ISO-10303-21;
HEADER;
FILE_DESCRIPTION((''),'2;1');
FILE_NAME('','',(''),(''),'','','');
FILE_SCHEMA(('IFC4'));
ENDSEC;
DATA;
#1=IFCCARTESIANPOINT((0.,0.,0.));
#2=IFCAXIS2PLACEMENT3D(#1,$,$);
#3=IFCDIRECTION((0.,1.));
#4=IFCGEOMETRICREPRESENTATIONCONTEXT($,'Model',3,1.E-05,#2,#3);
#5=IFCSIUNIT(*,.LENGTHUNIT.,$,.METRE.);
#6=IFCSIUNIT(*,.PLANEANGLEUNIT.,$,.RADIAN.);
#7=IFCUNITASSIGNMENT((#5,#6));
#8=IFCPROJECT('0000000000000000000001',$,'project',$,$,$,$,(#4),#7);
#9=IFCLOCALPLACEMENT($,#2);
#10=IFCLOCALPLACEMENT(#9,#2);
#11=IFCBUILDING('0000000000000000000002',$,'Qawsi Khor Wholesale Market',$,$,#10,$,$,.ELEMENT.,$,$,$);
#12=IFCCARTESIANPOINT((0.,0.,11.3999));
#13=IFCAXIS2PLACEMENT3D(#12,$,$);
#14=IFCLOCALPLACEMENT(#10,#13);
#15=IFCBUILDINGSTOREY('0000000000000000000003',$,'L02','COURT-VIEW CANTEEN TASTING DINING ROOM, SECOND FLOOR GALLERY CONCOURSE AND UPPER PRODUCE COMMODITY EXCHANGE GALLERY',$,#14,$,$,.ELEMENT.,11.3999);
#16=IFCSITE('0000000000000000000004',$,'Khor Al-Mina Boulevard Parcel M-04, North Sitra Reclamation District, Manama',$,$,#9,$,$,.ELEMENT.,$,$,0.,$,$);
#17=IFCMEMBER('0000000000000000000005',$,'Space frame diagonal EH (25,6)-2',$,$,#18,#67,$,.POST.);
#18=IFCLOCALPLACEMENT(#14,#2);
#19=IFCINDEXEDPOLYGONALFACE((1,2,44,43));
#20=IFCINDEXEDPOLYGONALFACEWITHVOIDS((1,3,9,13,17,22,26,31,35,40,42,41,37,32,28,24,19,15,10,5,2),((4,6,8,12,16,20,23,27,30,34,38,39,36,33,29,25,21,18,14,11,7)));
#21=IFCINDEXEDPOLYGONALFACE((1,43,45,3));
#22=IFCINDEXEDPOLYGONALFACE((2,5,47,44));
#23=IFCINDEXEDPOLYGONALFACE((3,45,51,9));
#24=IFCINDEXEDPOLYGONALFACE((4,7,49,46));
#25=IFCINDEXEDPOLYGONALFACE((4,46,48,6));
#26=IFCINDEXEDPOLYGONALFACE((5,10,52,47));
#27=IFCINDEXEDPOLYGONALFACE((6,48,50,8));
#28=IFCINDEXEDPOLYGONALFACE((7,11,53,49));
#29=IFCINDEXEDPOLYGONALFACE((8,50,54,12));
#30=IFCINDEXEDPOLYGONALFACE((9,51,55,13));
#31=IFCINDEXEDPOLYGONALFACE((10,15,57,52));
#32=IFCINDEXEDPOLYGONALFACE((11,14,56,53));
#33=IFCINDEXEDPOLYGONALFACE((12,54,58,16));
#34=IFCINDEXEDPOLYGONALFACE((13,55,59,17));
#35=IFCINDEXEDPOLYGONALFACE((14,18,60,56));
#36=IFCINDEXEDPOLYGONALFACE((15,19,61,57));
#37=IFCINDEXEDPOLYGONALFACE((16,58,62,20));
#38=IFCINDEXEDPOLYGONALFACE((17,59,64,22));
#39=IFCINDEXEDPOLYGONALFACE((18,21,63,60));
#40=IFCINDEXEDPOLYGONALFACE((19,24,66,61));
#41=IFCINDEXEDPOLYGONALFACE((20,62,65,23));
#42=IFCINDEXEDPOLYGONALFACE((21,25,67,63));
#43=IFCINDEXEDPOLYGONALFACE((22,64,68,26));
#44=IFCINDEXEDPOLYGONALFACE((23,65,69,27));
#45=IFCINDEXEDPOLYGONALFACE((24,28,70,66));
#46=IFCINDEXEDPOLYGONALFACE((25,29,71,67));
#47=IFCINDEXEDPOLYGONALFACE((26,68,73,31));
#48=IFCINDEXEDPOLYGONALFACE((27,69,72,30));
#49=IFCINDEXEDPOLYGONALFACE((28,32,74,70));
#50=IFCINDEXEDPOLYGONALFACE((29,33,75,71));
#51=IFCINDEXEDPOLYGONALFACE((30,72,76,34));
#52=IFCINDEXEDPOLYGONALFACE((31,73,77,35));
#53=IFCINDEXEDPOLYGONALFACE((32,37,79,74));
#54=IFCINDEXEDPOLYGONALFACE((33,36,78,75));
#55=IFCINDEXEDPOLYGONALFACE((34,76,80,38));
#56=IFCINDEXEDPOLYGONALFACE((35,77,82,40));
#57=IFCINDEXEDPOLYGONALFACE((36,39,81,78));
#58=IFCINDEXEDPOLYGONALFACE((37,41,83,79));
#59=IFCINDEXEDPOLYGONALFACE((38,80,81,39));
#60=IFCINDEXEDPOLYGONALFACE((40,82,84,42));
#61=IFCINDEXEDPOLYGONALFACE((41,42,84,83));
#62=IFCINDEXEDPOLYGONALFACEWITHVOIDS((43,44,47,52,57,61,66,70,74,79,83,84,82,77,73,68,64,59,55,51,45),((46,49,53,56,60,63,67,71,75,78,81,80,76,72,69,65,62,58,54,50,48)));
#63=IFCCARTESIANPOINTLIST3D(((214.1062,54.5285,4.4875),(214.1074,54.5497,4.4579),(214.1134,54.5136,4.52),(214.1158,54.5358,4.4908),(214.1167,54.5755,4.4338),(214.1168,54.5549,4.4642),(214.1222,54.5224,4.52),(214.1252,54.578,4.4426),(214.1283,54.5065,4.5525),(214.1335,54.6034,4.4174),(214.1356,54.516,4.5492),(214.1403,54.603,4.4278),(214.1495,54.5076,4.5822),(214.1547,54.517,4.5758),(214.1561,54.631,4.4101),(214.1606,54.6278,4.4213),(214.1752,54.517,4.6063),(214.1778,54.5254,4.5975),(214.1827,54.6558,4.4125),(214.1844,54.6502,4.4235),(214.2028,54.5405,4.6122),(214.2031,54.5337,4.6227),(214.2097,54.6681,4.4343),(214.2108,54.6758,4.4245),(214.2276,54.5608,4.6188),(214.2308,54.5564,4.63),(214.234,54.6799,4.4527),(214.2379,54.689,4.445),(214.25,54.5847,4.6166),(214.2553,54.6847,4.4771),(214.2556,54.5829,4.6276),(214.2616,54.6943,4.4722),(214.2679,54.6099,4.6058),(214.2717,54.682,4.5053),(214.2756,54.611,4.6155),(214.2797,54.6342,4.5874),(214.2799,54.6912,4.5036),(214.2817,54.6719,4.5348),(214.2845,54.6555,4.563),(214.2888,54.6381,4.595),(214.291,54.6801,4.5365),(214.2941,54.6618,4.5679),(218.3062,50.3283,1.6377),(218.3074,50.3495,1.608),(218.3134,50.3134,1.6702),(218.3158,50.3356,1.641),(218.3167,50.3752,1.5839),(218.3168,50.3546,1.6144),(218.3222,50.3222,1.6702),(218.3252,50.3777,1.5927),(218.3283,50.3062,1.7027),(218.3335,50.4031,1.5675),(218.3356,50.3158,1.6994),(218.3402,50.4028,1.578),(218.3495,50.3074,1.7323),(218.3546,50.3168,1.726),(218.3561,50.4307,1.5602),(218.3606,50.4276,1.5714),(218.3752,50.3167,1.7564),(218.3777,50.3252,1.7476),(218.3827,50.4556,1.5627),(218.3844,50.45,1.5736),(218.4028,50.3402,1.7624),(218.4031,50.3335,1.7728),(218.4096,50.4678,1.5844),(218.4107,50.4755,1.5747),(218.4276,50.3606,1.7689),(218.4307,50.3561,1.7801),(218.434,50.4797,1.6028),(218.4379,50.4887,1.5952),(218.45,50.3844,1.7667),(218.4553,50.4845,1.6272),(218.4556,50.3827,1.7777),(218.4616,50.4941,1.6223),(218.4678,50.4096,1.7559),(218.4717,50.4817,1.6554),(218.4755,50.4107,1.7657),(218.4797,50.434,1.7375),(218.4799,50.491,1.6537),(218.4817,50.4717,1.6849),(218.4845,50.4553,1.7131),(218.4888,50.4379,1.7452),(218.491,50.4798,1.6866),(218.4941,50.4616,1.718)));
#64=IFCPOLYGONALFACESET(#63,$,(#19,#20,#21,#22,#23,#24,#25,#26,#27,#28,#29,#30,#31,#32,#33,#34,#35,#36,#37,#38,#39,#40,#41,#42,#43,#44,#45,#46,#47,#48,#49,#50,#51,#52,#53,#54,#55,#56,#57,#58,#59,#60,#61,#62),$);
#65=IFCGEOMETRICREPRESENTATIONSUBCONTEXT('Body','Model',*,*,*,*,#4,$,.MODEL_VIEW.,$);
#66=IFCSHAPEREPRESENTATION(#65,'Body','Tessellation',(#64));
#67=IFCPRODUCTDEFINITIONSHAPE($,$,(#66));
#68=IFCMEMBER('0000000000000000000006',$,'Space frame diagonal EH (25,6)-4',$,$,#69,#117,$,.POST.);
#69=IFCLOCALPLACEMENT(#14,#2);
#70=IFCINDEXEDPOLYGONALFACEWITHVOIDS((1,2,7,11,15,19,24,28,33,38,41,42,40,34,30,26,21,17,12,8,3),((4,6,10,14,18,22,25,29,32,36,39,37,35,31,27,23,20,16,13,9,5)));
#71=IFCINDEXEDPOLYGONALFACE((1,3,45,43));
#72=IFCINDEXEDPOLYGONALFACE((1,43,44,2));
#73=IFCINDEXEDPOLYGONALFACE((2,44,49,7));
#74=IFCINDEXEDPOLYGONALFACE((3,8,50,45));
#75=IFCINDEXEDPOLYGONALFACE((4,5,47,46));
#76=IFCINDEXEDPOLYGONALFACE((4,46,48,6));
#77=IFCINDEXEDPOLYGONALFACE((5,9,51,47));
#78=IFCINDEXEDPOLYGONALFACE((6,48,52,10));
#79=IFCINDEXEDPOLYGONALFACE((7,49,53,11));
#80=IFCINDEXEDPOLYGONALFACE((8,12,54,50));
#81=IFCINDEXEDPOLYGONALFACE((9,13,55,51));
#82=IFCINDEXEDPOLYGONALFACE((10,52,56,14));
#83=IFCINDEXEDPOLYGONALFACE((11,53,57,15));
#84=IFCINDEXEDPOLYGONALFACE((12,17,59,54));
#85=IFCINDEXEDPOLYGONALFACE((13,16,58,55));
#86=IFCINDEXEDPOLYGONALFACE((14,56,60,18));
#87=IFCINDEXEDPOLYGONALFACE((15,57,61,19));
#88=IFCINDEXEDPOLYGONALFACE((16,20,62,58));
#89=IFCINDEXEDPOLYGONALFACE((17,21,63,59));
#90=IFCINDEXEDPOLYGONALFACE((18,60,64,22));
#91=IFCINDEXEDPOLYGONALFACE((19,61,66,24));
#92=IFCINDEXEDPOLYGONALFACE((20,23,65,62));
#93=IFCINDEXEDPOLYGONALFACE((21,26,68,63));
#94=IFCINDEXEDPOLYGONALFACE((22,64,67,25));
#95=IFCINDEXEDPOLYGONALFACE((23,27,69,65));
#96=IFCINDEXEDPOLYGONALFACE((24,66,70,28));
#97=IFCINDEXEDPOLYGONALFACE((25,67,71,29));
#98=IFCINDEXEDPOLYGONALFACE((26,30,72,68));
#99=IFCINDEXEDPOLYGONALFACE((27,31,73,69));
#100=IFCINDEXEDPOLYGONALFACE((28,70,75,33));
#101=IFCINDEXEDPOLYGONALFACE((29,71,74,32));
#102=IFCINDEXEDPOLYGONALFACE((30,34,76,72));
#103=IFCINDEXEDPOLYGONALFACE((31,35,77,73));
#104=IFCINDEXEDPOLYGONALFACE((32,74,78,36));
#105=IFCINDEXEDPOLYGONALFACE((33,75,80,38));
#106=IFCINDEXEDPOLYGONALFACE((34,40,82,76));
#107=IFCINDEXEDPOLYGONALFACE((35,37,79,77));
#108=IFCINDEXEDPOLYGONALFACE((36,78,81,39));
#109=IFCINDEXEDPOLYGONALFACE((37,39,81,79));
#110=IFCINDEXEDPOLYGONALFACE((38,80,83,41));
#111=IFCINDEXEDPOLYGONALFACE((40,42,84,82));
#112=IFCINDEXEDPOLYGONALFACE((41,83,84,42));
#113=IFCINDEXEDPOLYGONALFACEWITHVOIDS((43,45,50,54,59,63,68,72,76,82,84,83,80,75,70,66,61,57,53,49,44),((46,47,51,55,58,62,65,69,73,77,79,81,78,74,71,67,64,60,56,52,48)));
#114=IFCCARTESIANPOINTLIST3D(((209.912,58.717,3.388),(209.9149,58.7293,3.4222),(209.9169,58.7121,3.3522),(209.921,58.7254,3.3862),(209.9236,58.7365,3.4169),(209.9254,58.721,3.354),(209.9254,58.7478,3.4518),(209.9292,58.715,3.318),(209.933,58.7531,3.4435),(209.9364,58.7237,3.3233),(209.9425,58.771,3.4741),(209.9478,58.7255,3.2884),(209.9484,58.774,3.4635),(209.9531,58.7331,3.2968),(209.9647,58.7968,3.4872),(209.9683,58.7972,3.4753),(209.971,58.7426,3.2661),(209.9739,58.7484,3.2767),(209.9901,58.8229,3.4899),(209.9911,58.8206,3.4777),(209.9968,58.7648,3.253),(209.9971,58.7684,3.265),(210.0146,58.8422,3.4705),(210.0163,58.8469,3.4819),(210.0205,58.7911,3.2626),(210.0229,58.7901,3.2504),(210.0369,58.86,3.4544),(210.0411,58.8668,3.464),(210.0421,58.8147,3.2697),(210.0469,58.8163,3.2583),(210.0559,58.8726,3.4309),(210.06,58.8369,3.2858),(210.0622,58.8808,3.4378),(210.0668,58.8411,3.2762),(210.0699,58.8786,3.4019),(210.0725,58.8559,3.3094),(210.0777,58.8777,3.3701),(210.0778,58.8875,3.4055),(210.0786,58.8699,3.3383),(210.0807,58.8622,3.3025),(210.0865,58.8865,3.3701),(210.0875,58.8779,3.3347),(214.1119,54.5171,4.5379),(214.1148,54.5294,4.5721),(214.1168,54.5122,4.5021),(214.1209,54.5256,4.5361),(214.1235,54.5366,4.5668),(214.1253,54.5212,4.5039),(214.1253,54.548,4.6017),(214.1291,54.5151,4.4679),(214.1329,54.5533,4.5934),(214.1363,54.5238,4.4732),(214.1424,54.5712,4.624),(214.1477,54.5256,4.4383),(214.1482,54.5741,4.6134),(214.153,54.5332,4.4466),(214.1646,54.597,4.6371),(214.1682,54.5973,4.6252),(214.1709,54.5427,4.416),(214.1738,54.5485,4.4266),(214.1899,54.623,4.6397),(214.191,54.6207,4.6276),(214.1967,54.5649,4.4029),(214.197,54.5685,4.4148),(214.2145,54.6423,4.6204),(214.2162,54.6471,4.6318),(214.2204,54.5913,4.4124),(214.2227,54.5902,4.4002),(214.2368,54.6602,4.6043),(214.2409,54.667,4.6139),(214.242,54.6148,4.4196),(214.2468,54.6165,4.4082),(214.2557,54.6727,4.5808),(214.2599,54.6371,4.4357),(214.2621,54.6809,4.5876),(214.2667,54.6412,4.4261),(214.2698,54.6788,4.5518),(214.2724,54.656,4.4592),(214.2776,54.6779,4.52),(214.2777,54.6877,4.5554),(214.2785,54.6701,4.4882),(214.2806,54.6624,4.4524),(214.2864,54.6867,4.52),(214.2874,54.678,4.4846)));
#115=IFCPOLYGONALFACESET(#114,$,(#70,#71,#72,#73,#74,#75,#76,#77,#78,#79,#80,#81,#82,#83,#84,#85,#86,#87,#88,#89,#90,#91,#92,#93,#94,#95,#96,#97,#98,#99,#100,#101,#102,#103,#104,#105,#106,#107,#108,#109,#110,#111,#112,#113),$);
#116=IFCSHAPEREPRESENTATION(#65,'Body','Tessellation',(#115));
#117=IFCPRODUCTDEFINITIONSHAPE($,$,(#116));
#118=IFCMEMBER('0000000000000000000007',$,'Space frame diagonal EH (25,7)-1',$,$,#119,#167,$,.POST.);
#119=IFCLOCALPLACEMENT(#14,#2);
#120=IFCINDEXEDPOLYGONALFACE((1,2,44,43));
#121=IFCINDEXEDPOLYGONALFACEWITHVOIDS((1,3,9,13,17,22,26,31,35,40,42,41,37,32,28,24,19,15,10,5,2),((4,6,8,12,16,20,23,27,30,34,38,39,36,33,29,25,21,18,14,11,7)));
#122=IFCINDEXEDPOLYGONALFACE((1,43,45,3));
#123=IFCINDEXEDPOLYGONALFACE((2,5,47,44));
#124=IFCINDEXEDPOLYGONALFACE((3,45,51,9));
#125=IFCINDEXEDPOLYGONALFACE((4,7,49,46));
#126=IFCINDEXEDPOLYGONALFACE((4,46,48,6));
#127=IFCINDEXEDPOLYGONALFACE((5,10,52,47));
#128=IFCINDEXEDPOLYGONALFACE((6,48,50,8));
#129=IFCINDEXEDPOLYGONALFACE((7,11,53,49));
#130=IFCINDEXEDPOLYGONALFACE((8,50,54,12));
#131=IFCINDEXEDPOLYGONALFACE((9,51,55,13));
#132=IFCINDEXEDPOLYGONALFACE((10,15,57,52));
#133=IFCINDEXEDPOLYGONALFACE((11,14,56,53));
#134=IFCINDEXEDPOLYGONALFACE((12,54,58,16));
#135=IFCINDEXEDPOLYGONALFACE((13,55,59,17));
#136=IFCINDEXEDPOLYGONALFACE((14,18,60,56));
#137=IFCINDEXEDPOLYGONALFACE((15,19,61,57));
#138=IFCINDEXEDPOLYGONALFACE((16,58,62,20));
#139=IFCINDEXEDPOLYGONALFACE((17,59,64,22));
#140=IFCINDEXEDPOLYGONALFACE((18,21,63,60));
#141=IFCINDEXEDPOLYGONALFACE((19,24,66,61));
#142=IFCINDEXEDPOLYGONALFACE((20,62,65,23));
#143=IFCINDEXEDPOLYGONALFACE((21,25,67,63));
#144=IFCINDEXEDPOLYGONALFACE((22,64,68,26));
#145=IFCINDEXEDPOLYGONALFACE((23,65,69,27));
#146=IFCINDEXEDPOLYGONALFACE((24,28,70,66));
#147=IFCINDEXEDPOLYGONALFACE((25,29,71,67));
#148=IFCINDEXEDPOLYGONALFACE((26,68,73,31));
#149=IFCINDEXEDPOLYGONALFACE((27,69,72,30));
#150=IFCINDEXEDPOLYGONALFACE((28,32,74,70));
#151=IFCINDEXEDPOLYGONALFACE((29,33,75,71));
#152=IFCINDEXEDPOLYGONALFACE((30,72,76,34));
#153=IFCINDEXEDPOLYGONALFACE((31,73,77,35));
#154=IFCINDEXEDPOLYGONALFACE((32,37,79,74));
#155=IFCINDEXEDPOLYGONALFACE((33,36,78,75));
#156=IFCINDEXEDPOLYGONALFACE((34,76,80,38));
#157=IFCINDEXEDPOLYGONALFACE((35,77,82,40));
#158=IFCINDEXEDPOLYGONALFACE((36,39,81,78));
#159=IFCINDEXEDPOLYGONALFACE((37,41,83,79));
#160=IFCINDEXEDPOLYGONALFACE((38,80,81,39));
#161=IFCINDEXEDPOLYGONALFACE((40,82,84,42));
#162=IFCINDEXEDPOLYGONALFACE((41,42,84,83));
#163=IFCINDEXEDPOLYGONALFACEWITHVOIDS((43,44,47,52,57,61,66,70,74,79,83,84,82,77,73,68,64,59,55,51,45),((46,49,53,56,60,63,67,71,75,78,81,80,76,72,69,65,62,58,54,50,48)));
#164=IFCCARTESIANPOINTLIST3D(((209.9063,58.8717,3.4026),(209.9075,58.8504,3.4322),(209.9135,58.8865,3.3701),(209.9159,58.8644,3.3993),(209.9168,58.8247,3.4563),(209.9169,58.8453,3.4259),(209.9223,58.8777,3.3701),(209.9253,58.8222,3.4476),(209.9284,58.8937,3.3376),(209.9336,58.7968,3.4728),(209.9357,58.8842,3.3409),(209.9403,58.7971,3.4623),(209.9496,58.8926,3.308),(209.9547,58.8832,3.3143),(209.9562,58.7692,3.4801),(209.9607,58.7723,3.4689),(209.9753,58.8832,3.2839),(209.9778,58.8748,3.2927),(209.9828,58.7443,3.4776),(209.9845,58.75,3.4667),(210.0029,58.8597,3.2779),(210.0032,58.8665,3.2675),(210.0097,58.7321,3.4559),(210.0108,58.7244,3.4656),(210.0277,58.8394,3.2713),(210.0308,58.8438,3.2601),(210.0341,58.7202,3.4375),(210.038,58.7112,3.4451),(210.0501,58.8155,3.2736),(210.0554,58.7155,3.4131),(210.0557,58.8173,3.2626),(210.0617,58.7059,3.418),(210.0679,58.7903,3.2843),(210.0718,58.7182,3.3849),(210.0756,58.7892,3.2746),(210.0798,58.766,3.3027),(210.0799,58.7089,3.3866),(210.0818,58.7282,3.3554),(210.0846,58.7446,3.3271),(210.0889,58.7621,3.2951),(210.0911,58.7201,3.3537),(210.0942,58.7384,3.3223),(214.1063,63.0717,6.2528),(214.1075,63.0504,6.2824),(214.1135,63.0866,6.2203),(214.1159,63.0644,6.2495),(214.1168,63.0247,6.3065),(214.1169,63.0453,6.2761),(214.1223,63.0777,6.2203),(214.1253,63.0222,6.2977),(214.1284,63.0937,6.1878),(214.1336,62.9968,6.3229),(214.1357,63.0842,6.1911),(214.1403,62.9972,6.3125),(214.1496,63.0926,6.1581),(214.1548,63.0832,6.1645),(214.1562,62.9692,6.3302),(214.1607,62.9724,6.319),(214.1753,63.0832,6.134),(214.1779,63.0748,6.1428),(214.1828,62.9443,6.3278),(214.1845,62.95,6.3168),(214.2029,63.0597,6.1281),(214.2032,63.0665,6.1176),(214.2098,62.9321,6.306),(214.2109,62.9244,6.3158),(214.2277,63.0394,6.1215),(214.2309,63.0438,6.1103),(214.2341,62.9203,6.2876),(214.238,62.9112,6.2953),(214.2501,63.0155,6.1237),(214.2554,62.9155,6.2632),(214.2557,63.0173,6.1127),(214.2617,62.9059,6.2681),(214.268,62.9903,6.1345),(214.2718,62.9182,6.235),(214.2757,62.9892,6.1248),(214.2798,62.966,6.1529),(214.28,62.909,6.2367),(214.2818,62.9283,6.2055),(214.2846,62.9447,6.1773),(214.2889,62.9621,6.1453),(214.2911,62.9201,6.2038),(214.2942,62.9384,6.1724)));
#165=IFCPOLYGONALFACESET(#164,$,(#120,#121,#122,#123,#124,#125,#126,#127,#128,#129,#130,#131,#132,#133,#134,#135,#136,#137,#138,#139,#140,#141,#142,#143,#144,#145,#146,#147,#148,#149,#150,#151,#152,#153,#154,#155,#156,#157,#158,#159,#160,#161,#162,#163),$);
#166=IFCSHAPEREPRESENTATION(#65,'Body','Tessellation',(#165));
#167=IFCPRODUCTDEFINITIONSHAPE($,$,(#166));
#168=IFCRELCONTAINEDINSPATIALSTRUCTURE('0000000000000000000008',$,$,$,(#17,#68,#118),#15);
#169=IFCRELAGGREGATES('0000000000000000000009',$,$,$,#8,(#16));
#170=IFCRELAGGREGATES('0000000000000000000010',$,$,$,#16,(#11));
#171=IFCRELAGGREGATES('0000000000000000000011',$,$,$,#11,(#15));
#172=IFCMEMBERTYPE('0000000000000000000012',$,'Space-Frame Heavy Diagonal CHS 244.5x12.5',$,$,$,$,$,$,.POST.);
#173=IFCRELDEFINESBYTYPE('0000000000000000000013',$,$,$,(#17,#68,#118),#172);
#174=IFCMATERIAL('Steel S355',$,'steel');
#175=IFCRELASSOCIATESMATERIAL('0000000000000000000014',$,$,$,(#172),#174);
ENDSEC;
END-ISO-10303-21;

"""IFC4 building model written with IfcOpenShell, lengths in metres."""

from ifc_helpers import new_model, si_unit, direction, frame, origin, origin_2d, place, context, subcontext, project, spatial, hollow_circle, extrude, material, material_profile, profile_set, type_object, element, save


model = new_model("IFC4")

# Units and contexts
model_context = context("Model", 3, precision=1e-05, world=origin(), true_north=direction((0.0, 1.0)))
body_context = subcontext(model_context, "Body", "Model", "MODEL_VIEW")
ifc_project = project(units=[si_unit("LENGTHUNIT", "METRE"), si_unit("PLANEANGLEUNIT", "RADIAN")], contexts=[model_context])

# Site, building, storey
site_placement = place(None, origin())
site = spatial("IfcSite", under=ifc_project, at=site_placement, Name="Khor Al-Mina Boulevard Parcel M-04, North Sitra Reclamation District, Manama", CompositionType="ELEMENT", RefElevation=0.0)
building_placement = place(site_placement, origin())
building = spatial("IfcBuilding", under=site, at=building_placement, Name="Qawsi Khor Wholesale Market", CompositionType="ELEMENT")
storey_placement = place(building_placement, frame((0.0, 0.0, 11.3999)))
storey = spatial("IfcBuildingStorey", under=building, at=storey_placement, Name="L02", Description="COURT-VIEW CANTEEN TASTING DINING ROOM, SECOND FLOOR GALLERY CONCOURSE AND UPPER PRODUCE COMMODITY EXCHANGE GALLERY", CompositionType="ELEMENT", Elevation=11.3999)

# Members
ifc_material_1 = material(Name="Steel S355", Category="steel")
ifc_material_profile_1 = material_profile(ifc_material_1, hollow_circle(Radius=0.1223, WallThickness=0.0125, at=origin_2d()), Name="CHS 244.5x12.5")
ifc_profile_set_1 = profile_set([ifc_material_profile_1], Name="Steel S355")
member_type_1 = type_object("IfcMemberType", Name="Space-Frame Heavy Diagonal CHS 244.5x12.5", PredefinedType="POST", material=ifc_profile_set_1)
for number, where, z_axis, x_axis, name in (
    (1, (218.3999, 50.3999, 1.6702), (-0.637507, 0.637544, 0.432577), (-0.707127, -0.707086, 0.0), "Space frame diagonal EH (25,6)-2"),
):
    element("IfcMember", number, at=place(storey_placement, frame(where, z_axis=z_axis, x_axis=x_axis)), inside=storey, type_object=member_type_1, Name=name, PredefinedType="POST", context=body_context, shape_type="SweptSolid", body=[
        extrude(hollow_circle(Radius=0.1223, WallThickness=0.0125, at=origin_2d()), origin(), (0.0, 0.0, 1.0), 6.5881),
    ])
member_1_placement = place(storey_placement, frame((210.0, 58.8, 3.3701), z_axis=(0.694217, -0.694217, 0.190069), x_axis=(0.707107, 0.707107, 0.0)))
element("IfcMember", 2, at=member_1_placement, inside=storey, type_object=member_type_1, Name="Space frame diagonal EH (25,6)-4", PredefinedType="POST", context=body_context, shape_type="SweptSolid", body=[
    extrude(hollow_circle(Radius=0.1223, WallThickness=0.0125, at=origin_2d()), origin(), (0.0, 0.0, 1.0), 6.0498),
])
member_2_placement = place(storey_placement, frame((210.0, 58.8, 3.3701), z_axis=(0.637512, 0.637512, 0.432617), x_axis=(-0.707107, 0.707107, 0.0)))
element("IfcMember", 3, at=member_2_placement, inside=storey, type_object=member_type_1, Name="Space frame diagonal EH (25,7)-1", PredefinedType="POST", context=body_context, shape_type="SweptSolid", body=[
    extrude(hollow_circle(Radius=0.1223, WallThickness=0.0125, at=origin_2d()), origin(), (0.0, 0.0, 1.0), 6.5881),
])

save(model, "model.ifc")
